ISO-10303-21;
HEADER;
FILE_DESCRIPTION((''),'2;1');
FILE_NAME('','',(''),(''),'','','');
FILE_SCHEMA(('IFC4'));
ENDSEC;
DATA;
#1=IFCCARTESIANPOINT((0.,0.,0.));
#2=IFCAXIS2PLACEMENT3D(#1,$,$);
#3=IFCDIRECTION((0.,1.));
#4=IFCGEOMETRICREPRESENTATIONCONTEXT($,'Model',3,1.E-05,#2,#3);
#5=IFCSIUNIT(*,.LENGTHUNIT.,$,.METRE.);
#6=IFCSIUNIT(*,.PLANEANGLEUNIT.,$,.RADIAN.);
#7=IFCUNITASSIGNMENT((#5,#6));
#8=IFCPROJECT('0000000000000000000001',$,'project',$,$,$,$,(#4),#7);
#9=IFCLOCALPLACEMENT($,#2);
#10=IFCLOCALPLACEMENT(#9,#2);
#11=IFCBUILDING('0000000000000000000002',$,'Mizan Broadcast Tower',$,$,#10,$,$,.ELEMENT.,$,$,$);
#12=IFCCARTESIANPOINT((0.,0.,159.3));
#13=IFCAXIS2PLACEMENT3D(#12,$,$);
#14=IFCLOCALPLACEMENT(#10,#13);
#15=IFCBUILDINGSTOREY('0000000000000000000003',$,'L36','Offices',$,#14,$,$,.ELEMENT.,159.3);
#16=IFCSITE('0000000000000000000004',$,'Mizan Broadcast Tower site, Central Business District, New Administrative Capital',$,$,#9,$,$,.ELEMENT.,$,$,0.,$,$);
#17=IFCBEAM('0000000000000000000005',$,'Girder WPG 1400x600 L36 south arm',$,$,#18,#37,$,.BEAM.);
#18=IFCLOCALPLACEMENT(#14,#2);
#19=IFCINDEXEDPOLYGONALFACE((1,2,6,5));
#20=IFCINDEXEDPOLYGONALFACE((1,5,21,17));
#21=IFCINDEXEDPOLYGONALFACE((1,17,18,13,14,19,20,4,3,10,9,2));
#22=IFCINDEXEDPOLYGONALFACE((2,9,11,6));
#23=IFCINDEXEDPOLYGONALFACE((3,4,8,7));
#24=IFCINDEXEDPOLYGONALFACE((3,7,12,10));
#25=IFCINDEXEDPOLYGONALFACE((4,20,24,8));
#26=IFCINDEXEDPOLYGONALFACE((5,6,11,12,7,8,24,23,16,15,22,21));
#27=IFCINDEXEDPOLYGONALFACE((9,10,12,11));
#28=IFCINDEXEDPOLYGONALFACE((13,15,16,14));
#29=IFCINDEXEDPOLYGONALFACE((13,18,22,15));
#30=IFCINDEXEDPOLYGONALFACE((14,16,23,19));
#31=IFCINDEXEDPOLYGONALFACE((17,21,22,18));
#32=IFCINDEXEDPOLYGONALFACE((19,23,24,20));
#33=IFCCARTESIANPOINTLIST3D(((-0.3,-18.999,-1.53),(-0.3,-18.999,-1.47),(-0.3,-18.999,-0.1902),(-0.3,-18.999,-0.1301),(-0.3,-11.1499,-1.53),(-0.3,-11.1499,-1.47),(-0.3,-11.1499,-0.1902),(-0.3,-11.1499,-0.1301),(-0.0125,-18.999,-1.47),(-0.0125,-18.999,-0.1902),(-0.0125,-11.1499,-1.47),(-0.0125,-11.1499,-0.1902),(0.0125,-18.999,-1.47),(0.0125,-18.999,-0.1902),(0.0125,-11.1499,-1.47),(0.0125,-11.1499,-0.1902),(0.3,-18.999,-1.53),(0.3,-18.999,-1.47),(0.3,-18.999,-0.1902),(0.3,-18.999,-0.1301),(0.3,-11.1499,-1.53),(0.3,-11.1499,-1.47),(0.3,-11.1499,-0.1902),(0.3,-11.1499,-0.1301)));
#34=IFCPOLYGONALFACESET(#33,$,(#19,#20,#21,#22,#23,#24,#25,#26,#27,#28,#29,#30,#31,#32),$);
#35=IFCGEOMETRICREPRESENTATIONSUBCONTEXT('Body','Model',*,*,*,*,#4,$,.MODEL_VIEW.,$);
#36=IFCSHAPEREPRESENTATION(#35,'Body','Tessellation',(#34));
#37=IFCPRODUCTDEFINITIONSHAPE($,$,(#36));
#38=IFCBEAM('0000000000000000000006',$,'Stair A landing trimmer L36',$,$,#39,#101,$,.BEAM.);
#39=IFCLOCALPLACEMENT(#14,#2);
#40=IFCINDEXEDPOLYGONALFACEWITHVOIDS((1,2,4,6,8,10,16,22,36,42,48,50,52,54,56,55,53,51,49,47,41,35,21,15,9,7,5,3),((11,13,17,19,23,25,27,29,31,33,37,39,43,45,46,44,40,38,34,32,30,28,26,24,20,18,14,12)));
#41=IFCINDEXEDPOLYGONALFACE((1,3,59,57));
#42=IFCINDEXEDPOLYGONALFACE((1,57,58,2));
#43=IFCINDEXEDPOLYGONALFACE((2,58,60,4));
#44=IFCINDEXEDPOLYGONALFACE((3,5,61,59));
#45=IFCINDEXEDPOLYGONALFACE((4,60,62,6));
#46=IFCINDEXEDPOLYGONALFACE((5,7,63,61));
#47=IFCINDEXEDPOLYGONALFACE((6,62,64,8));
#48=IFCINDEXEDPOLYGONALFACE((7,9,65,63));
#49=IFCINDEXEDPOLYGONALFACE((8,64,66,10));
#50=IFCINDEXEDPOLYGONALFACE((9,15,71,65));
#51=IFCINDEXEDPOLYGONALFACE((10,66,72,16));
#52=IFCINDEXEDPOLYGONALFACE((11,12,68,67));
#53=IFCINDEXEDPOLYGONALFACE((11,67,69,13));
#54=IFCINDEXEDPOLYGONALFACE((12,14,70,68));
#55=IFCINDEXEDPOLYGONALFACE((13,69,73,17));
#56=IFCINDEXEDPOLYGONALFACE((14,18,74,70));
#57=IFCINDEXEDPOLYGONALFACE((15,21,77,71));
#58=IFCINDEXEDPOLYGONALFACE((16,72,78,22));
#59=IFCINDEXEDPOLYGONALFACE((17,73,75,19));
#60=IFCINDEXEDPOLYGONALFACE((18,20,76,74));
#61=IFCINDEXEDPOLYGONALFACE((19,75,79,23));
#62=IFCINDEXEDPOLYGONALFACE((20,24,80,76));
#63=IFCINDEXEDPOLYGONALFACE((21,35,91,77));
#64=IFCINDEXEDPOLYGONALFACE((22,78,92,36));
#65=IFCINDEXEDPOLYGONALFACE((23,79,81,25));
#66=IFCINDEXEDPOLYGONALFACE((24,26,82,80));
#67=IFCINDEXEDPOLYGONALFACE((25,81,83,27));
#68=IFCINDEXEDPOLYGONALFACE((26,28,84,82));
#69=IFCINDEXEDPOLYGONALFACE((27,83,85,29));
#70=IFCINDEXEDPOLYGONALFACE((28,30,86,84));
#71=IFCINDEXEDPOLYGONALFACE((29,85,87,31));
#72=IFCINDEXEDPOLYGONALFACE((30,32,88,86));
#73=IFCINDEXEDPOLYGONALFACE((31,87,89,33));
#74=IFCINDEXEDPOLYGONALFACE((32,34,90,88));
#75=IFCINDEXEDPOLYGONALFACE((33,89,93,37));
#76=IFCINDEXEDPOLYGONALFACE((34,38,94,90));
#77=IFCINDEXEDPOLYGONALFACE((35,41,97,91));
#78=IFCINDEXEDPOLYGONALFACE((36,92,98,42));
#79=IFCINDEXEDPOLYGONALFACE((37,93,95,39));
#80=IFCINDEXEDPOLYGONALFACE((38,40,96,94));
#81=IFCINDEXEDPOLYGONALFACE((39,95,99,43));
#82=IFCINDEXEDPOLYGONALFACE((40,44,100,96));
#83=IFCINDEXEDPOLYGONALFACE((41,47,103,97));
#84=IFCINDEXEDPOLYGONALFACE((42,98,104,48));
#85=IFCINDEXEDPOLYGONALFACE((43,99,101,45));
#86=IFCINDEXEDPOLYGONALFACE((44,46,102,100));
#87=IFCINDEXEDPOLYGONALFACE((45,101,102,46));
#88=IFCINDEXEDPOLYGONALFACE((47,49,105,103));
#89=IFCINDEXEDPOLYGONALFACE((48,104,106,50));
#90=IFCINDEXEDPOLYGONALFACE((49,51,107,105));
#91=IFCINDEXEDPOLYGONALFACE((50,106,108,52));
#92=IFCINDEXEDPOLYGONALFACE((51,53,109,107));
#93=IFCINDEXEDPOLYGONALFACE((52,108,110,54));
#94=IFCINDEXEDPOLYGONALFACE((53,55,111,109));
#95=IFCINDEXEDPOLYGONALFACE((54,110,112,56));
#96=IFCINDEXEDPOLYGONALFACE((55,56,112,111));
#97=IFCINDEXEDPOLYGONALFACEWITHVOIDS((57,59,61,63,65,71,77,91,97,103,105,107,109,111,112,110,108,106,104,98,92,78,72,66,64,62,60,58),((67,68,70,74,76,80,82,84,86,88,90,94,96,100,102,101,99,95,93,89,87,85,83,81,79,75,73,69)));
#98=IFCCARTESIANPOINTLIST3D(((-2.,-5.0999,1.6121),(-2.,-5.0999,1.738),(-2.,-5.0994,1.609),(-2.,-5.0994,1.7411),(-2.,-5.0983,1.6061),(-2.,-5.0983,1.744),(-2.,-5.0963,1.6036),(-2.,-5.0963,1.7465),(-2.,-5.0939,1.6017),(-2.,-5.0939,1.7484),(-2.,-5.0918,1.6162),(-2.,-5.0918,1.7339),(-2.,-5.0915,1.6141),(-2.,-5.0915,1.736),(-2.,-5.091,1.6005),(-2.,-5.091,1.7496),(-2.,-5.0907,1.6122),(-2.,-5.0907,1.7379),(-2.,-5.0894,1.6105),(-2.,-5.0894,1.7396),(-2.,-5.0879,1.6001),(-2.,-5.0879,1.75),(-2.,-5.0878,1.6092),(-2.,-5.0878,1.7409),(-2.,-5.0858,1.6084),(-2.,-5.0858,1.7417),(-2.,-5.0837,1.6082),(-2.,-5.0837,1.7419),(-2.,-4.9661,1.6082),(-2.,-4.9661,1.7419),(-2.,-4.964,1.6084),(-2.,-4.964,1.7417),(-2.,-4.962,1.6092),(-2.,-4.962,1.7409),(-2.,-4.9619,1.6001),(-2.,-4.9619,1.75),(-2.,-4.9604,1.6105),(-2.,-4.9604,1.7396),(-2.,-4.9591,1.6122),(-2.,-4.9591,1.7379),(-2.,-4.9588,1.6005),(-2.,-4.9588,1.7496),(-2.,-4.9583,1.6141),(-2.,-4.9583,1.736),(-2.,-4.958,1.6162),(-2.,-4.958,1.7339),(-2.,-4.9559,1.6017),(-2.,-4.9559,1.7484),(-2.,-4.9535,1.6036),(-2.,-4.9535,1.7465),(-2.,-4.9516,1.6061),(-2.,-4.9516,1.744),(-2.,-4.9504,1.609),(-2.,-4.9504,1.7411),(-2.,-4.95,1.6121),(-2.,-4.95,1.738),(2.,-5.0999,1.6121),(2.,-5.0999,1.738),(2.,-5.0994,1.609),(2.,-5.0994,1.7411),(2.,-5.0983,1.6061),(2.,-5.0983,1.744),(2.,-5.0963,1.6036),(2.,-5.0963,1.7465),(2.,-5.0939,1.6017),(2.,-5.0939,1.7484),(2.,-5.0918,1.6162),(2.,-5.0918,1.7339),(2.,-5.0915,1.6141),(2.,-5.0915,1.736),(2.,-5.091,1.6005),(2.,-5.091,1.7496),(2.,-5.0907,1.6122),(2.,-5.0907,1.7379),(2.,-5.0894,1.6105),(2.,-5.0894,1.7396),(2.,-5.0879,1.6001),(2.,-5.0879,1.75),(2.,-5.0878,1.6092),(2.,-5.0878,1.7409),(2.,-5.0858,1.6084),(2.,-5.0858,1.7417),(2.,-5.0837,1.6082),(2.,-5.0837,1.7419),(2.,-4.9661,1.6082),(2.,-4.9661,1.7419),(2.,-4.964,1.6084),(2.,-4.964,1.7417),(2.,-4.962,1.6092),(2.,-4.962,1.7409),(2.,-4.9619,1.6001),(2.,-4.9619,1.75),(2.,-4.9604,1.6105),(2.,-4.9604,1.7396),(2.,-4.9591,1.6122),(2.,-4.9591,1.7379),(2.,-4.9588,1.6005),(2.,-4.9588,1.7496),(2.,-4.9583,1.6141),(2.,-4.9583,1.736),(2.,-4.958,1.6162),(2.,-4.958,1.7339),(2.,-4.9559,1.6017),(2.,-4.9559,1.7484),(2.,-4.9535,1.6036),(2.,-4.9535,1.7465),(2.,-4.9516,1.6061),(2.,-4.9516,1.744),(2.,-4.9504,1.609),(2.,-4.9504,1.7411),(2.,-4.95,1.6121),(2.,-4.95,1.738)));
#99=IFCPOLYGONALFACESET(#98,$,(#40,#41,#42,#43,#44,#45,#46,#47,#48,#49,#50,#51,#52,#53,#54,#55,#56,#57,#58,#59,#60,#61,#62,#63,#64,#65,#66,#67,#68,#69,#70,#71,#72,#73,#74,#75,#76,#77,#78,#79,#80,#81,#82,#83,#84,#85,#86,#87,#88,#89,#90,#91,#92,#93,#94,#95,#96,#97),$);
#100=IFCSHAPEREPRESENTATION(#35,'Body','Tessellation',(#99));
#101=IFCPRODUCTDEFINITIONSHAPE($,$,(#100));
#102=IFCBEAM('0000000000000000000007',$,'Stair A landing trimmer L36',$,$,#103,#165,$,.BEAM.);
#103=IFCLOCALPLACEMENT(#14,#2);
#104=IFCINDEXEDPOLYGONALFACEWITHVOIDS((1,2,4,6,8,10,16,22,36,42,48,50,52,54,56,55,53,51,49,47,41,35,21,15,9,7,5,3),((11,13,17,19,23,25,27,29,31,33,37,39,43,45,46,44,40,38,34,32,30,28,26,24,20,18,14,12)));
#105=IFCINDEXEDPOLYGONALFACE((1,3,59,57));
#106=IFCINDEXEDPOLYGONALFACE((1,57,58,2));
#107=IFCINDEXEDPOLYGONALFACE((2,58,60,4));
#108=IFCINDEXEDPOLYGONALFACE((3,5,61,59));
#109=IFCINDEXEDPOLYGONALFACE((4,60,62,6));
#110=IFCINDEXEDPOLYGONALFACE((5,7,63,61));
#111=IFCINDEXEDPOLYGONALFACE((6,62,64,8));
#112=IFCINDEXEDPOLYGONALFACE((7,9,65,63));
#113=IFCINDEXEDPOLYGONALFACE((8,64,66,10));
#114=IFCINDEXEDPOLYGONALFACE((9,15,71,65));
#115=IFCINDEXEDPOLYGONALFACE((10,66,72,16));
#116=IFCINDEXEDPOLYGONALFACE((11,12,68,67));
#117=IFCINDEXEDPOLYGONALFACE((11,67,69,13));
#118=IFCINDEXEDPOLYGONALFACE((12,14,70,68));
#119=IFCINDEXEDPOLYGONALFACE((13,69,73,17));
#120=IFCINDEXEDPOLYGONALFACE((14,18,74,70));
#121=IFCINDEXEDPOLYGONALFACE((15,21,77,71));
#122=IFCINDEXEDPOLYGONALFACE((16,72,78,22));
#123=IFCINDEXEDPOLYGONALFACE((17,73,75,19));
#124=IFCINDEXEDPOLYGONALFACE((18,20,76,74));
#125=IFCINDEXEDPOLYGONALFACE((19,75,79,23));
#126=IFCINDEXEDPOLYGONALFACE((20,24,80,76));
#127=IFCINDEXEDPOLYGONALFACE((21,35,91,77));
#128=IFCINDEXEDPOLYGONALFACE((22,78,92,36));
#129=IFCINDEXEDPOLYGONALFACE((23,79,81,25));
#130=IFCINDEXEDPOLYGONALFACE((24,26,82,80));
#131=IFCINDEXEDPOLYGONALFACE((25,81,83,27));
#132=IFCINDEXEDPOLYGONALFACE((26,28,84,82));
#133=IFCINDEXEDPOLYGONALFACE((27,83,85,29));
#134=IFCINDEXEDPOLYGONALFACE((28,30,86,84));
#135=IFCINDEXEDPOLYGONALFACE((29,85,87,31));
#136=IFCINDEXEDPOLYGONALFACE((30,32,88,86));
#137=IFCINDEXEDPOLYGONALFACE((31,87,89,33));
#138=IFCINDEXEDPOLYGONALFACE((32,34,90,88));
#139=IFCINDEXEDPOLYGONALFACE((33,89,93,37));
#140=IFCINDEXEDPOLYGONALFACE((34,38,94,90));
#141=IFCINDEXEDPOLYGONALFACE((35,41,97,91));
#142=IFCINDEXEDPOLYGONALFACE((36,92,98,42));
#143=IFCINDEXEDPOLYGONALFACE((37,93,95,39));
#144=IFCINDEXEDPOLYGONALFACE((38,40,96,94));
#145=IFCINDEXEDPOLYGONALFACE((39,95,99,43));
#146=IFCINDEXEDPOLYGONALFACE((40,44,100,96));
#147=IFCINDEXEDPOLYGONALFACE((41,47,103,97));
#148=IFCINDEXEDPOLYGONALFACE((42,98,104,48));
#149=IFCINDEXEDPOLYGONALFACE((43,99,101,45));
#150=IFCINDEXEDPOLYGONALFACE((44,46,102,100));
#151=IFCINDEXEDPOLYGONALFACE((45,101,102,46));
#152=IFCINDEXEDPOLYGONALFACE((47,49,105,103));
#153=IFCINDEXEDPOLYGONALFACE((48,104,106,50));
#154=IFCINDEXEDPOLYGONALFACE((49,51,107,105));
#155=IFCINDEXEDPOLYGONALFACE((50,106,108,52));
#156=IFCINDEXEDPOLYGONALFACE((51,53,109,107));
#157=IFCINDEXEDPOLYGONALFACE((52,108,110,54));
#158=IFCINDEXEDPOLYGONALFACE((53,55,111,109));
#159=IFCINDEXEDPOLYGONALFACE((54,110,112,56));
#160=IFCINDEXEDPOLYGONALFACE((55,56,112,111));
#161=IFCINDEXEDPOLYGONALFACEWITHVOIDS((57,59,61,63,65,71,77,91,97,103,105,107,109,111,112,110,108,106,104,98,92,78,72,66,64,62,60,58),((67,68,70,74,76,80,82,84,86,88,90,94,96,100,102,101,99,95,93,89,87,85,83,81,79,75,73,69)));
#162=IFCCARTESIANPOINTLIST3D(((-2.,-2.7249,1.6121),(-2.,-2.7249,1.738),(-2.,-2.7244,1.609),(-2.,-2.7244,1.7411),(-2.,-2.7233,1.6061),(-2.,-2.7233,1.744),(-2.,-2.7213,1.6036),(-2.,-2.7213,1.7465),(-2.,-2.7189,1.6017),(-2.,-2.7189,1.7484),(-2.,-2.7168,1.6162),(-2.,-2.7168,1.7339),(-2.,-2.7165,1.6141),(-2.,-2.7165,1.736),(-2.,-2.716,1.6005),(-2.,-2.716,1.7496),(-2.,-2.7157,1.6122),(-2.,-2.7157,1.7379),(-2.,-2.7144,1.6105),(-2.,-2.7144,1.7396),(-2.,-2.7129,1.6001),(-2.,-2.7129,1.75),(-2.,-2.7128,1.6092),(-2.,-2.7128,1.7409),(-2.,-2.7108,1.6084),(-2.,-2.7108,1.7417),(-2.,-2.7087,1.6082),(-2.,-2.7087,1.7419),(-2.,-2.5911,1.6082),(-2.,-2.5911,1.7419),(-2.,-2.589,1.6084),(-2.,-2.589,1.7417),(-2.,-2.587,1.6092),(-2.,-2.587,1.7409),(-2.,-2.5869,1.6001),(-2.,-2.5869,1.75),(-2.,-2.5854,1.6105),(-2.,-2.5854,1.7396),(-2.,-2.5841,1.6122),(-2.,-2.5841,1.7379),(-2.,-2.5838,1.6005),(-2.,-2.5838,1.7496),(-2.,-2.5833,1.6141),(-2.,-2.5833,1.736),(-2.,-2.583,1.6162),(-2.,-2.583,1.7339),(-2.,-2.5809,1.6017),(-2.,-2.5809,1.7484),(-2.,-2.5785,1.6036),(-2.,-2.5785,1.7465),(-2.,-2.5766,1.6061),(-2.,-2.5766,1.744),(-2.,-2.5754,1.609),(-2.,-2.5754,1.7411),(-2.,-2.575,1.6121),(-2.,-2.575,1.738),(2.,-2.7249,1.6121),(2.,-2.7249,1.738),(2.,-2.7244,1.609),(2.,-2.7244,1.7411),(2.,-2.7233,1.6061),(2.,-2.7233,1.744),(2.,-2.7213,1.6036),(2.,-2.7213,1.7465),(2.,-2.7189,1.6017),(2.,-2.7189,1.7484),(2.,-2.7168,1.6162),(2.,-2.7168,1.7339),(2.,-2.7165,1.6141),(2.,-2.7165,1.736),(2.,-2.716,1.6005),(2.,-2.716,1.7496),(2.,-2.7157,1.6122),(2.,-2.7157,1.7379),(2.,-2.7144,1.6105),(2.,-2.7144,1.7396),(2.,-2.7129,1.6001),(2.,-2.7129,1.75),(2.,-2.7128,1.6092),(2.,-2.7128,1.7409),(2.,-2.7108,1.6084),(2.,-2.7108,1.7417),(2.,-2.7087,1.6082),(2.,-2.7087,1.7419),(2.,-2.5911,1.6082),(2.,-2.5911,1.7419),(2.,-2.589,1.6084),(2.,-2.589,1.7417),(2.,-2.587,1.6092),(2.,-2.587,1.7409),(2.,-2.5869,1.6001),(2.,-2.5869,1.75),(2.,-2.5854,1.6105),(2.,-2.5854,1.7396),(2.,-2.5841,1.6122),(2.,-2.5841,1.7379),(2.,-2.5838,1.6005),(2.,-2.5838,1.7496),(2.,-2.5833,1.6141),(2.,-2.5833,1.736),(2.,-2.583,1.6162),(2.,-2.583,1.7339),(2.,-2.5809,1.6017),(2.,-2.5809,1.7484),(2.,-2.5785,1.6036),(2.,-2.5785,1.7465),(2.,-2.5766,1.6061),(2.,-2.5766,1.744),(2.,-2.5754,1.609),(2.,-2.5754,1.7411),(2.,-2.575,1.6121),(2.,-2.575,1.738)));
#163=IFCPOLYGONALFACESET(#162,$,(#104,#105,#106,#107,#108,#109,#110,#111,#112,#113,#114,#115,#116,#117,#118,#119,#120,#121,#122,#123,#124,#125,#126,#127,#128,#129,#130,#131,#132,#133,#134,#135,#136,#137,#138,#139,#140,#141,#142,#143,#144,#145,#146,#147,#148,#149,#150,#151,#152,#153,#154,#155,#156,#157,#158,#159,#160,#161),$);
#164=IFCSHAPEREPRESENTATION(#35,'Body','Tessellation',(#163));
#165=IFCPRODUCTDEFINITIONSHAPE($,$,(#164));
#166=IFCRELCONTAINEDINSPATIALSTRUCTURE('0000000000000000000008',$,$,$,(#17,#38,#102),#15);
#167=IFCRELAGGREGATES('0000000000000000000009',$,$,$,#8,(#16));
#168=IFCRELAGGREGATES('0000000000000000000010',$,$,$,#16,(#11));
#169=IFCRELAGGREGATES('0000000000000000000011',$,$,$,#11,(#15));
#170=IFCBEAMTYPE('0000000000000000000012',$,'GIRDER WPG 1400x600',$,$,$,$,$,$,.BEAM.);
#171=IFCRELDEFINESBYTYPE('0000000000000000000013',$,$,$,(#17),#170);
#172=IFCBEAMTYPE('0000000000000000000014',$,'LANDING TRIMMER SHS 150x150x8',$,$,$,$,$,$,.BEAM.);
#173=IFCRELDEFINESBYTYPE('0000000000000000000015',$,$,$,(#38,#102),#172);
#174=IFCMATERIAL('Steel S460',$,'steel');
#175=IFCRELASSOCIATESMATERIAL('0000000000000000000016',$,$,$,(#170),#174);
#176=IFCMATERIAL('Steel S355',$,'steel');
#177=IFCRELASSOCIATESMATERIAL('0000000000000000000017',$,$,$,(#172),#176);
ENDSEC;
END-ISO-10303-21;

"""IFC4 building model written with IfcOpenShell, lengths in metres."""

from ifc_helpers import new_model, si_unit, direction, frame, origin, origin_2d, place, context, subcontext, project, spatial, hollow_rectangle, i_section, extrude, material, material_profile, profile_set, type_object, element, save


model = new_model("IFC4")

# Units and contexts
model_context = context("Model", 3, precision=1e-05, world=origin(), true_north=direction((0.0, 1.0)))
body_context = subcontext(model_context, "Body", "Model", "MODEL_VIEW")
ifc_project = project(units=[si_unit("LENGTHUNIT", "METRE"), si_unit("PLANEANGLEUNIT", "RADIAN")], contexts=[model_context])

# Site, building, storey
site_placement = place(None, origin())
site = spatial("IfcSite", under=ifc_project, at=site_placement, Name="Mizan Broadcast Tower site, Central Business District, New Administrative Capital", CompositionType="ELEMENT", RefElevation=0.0)
building_placement = place(site_placement, origin())
building = spatial("IfcBuilding", under=site, at=building_placement, Name="Mizan Broadcast Tower", CompositionType="ELEMENT")
storey_placement = place(building_placement, frame((0.0, 0.0, 159.3)))
storey = spatial("IfcBuildingStorey", under=building, at=storey_placement, Name="L36", Description="Offices", CompositionType="ELEMENT", Elevation=159.3)

# Beams
ifc_material_1 = material(Name="Steel S460", Category="steel")
ifc_material_profile_1 = material_profile(ifc_material_1, i_section(OverallWidth=0.6001, OverallDepth=1.3999, WebThickness=0.0249, FlangeThickness=0.0601, at=origin_2d()), Name="WPG 1400x600")
ifc_profile_set_1 = profile_set([ifc_material_profile_1], Name="Steel S460")
beam_type_1 = type_object("IfcBeamType", Name="GIRDER WPG 1400x600", PredefinedType="BEAM", material=ifc_profile_set_1)
beam_1_placement = place(storey_placement, frame((0.0, -11.1499, -0.8301), z_axis=(0.0, -1.0, 0.0), x_axis=(1.0, 0.0, 0.0)))
element("IfcBeam", 1, at=beam_1_placement, inside=storey, type_object=beam_type_1, Name="Girder WPG 1400x600 L36 south arm", PredefinedType="BEAM", context=body_context, shape_type="SweptSolid", body=[
    extrude(i_section(OverallWidth=0.6001, OverallDepth=1.3999, WebThickness=0.0249, FlangeThickness=0.0601, at=origin_2d()), origin(), (0.0, 0.0, 1.0), 7.8491),
])
ifc_material_2 = material(Name="Steel S355", Category="steel")
ifc_material_profile_2 = material_profile(ifc_material_2, hollow_rectangle(XDim=0.1499, YDim=0.1499, WallThickness=0.0081, InnerFilletRadius=0.0081, OuterFilletRadius=0.012, at=origin_2d()), Name="SHS 150x150x8")
ifc_profile_set_2 = profile_set([ifc_material_profile_2], Name="Steel S355")
beam_type_2 = type_object("IfcBeamType", Name="LANDING TRIMMER SHS 150x150x8", PredefinedType="BEAM", material=ifc_profile_set_2)
for number, where, z_axis, x_axis, name in (
    (2, (-2.0, -5.0249, 1.675), (1.0, 0.0, 0.0), (0.0, 1.0, 0.0), "Stair A landing trimmer L36"),
    (3, (-2.0, -2.6499, 1.675), (1.0, 0.0, 0.0), (0.0, 1.0, 0.0), "Stair A landing trimmer L36"),
):
    element("IfcBeam", number, at=place(storey_placement, frame(where, z_axis=z_axis, x_axis=x_axis)), inside=storey, type_object=beam_type_2, Name=name, PredefinedType="BEAM", context=body_context, shape_type="SweptSolid", body=[
        extrude(hollow_rectangle(XDim=0.1499, YDim=0.1499, WallThickness=0.0081, InnerFilletRadius=0.0081, OuterFilletRadius=0.012, at=origin_2d()), origin(), (0.0, 0.0, 1.0), 4.0),
    ])

save(model, "model.ifc")
